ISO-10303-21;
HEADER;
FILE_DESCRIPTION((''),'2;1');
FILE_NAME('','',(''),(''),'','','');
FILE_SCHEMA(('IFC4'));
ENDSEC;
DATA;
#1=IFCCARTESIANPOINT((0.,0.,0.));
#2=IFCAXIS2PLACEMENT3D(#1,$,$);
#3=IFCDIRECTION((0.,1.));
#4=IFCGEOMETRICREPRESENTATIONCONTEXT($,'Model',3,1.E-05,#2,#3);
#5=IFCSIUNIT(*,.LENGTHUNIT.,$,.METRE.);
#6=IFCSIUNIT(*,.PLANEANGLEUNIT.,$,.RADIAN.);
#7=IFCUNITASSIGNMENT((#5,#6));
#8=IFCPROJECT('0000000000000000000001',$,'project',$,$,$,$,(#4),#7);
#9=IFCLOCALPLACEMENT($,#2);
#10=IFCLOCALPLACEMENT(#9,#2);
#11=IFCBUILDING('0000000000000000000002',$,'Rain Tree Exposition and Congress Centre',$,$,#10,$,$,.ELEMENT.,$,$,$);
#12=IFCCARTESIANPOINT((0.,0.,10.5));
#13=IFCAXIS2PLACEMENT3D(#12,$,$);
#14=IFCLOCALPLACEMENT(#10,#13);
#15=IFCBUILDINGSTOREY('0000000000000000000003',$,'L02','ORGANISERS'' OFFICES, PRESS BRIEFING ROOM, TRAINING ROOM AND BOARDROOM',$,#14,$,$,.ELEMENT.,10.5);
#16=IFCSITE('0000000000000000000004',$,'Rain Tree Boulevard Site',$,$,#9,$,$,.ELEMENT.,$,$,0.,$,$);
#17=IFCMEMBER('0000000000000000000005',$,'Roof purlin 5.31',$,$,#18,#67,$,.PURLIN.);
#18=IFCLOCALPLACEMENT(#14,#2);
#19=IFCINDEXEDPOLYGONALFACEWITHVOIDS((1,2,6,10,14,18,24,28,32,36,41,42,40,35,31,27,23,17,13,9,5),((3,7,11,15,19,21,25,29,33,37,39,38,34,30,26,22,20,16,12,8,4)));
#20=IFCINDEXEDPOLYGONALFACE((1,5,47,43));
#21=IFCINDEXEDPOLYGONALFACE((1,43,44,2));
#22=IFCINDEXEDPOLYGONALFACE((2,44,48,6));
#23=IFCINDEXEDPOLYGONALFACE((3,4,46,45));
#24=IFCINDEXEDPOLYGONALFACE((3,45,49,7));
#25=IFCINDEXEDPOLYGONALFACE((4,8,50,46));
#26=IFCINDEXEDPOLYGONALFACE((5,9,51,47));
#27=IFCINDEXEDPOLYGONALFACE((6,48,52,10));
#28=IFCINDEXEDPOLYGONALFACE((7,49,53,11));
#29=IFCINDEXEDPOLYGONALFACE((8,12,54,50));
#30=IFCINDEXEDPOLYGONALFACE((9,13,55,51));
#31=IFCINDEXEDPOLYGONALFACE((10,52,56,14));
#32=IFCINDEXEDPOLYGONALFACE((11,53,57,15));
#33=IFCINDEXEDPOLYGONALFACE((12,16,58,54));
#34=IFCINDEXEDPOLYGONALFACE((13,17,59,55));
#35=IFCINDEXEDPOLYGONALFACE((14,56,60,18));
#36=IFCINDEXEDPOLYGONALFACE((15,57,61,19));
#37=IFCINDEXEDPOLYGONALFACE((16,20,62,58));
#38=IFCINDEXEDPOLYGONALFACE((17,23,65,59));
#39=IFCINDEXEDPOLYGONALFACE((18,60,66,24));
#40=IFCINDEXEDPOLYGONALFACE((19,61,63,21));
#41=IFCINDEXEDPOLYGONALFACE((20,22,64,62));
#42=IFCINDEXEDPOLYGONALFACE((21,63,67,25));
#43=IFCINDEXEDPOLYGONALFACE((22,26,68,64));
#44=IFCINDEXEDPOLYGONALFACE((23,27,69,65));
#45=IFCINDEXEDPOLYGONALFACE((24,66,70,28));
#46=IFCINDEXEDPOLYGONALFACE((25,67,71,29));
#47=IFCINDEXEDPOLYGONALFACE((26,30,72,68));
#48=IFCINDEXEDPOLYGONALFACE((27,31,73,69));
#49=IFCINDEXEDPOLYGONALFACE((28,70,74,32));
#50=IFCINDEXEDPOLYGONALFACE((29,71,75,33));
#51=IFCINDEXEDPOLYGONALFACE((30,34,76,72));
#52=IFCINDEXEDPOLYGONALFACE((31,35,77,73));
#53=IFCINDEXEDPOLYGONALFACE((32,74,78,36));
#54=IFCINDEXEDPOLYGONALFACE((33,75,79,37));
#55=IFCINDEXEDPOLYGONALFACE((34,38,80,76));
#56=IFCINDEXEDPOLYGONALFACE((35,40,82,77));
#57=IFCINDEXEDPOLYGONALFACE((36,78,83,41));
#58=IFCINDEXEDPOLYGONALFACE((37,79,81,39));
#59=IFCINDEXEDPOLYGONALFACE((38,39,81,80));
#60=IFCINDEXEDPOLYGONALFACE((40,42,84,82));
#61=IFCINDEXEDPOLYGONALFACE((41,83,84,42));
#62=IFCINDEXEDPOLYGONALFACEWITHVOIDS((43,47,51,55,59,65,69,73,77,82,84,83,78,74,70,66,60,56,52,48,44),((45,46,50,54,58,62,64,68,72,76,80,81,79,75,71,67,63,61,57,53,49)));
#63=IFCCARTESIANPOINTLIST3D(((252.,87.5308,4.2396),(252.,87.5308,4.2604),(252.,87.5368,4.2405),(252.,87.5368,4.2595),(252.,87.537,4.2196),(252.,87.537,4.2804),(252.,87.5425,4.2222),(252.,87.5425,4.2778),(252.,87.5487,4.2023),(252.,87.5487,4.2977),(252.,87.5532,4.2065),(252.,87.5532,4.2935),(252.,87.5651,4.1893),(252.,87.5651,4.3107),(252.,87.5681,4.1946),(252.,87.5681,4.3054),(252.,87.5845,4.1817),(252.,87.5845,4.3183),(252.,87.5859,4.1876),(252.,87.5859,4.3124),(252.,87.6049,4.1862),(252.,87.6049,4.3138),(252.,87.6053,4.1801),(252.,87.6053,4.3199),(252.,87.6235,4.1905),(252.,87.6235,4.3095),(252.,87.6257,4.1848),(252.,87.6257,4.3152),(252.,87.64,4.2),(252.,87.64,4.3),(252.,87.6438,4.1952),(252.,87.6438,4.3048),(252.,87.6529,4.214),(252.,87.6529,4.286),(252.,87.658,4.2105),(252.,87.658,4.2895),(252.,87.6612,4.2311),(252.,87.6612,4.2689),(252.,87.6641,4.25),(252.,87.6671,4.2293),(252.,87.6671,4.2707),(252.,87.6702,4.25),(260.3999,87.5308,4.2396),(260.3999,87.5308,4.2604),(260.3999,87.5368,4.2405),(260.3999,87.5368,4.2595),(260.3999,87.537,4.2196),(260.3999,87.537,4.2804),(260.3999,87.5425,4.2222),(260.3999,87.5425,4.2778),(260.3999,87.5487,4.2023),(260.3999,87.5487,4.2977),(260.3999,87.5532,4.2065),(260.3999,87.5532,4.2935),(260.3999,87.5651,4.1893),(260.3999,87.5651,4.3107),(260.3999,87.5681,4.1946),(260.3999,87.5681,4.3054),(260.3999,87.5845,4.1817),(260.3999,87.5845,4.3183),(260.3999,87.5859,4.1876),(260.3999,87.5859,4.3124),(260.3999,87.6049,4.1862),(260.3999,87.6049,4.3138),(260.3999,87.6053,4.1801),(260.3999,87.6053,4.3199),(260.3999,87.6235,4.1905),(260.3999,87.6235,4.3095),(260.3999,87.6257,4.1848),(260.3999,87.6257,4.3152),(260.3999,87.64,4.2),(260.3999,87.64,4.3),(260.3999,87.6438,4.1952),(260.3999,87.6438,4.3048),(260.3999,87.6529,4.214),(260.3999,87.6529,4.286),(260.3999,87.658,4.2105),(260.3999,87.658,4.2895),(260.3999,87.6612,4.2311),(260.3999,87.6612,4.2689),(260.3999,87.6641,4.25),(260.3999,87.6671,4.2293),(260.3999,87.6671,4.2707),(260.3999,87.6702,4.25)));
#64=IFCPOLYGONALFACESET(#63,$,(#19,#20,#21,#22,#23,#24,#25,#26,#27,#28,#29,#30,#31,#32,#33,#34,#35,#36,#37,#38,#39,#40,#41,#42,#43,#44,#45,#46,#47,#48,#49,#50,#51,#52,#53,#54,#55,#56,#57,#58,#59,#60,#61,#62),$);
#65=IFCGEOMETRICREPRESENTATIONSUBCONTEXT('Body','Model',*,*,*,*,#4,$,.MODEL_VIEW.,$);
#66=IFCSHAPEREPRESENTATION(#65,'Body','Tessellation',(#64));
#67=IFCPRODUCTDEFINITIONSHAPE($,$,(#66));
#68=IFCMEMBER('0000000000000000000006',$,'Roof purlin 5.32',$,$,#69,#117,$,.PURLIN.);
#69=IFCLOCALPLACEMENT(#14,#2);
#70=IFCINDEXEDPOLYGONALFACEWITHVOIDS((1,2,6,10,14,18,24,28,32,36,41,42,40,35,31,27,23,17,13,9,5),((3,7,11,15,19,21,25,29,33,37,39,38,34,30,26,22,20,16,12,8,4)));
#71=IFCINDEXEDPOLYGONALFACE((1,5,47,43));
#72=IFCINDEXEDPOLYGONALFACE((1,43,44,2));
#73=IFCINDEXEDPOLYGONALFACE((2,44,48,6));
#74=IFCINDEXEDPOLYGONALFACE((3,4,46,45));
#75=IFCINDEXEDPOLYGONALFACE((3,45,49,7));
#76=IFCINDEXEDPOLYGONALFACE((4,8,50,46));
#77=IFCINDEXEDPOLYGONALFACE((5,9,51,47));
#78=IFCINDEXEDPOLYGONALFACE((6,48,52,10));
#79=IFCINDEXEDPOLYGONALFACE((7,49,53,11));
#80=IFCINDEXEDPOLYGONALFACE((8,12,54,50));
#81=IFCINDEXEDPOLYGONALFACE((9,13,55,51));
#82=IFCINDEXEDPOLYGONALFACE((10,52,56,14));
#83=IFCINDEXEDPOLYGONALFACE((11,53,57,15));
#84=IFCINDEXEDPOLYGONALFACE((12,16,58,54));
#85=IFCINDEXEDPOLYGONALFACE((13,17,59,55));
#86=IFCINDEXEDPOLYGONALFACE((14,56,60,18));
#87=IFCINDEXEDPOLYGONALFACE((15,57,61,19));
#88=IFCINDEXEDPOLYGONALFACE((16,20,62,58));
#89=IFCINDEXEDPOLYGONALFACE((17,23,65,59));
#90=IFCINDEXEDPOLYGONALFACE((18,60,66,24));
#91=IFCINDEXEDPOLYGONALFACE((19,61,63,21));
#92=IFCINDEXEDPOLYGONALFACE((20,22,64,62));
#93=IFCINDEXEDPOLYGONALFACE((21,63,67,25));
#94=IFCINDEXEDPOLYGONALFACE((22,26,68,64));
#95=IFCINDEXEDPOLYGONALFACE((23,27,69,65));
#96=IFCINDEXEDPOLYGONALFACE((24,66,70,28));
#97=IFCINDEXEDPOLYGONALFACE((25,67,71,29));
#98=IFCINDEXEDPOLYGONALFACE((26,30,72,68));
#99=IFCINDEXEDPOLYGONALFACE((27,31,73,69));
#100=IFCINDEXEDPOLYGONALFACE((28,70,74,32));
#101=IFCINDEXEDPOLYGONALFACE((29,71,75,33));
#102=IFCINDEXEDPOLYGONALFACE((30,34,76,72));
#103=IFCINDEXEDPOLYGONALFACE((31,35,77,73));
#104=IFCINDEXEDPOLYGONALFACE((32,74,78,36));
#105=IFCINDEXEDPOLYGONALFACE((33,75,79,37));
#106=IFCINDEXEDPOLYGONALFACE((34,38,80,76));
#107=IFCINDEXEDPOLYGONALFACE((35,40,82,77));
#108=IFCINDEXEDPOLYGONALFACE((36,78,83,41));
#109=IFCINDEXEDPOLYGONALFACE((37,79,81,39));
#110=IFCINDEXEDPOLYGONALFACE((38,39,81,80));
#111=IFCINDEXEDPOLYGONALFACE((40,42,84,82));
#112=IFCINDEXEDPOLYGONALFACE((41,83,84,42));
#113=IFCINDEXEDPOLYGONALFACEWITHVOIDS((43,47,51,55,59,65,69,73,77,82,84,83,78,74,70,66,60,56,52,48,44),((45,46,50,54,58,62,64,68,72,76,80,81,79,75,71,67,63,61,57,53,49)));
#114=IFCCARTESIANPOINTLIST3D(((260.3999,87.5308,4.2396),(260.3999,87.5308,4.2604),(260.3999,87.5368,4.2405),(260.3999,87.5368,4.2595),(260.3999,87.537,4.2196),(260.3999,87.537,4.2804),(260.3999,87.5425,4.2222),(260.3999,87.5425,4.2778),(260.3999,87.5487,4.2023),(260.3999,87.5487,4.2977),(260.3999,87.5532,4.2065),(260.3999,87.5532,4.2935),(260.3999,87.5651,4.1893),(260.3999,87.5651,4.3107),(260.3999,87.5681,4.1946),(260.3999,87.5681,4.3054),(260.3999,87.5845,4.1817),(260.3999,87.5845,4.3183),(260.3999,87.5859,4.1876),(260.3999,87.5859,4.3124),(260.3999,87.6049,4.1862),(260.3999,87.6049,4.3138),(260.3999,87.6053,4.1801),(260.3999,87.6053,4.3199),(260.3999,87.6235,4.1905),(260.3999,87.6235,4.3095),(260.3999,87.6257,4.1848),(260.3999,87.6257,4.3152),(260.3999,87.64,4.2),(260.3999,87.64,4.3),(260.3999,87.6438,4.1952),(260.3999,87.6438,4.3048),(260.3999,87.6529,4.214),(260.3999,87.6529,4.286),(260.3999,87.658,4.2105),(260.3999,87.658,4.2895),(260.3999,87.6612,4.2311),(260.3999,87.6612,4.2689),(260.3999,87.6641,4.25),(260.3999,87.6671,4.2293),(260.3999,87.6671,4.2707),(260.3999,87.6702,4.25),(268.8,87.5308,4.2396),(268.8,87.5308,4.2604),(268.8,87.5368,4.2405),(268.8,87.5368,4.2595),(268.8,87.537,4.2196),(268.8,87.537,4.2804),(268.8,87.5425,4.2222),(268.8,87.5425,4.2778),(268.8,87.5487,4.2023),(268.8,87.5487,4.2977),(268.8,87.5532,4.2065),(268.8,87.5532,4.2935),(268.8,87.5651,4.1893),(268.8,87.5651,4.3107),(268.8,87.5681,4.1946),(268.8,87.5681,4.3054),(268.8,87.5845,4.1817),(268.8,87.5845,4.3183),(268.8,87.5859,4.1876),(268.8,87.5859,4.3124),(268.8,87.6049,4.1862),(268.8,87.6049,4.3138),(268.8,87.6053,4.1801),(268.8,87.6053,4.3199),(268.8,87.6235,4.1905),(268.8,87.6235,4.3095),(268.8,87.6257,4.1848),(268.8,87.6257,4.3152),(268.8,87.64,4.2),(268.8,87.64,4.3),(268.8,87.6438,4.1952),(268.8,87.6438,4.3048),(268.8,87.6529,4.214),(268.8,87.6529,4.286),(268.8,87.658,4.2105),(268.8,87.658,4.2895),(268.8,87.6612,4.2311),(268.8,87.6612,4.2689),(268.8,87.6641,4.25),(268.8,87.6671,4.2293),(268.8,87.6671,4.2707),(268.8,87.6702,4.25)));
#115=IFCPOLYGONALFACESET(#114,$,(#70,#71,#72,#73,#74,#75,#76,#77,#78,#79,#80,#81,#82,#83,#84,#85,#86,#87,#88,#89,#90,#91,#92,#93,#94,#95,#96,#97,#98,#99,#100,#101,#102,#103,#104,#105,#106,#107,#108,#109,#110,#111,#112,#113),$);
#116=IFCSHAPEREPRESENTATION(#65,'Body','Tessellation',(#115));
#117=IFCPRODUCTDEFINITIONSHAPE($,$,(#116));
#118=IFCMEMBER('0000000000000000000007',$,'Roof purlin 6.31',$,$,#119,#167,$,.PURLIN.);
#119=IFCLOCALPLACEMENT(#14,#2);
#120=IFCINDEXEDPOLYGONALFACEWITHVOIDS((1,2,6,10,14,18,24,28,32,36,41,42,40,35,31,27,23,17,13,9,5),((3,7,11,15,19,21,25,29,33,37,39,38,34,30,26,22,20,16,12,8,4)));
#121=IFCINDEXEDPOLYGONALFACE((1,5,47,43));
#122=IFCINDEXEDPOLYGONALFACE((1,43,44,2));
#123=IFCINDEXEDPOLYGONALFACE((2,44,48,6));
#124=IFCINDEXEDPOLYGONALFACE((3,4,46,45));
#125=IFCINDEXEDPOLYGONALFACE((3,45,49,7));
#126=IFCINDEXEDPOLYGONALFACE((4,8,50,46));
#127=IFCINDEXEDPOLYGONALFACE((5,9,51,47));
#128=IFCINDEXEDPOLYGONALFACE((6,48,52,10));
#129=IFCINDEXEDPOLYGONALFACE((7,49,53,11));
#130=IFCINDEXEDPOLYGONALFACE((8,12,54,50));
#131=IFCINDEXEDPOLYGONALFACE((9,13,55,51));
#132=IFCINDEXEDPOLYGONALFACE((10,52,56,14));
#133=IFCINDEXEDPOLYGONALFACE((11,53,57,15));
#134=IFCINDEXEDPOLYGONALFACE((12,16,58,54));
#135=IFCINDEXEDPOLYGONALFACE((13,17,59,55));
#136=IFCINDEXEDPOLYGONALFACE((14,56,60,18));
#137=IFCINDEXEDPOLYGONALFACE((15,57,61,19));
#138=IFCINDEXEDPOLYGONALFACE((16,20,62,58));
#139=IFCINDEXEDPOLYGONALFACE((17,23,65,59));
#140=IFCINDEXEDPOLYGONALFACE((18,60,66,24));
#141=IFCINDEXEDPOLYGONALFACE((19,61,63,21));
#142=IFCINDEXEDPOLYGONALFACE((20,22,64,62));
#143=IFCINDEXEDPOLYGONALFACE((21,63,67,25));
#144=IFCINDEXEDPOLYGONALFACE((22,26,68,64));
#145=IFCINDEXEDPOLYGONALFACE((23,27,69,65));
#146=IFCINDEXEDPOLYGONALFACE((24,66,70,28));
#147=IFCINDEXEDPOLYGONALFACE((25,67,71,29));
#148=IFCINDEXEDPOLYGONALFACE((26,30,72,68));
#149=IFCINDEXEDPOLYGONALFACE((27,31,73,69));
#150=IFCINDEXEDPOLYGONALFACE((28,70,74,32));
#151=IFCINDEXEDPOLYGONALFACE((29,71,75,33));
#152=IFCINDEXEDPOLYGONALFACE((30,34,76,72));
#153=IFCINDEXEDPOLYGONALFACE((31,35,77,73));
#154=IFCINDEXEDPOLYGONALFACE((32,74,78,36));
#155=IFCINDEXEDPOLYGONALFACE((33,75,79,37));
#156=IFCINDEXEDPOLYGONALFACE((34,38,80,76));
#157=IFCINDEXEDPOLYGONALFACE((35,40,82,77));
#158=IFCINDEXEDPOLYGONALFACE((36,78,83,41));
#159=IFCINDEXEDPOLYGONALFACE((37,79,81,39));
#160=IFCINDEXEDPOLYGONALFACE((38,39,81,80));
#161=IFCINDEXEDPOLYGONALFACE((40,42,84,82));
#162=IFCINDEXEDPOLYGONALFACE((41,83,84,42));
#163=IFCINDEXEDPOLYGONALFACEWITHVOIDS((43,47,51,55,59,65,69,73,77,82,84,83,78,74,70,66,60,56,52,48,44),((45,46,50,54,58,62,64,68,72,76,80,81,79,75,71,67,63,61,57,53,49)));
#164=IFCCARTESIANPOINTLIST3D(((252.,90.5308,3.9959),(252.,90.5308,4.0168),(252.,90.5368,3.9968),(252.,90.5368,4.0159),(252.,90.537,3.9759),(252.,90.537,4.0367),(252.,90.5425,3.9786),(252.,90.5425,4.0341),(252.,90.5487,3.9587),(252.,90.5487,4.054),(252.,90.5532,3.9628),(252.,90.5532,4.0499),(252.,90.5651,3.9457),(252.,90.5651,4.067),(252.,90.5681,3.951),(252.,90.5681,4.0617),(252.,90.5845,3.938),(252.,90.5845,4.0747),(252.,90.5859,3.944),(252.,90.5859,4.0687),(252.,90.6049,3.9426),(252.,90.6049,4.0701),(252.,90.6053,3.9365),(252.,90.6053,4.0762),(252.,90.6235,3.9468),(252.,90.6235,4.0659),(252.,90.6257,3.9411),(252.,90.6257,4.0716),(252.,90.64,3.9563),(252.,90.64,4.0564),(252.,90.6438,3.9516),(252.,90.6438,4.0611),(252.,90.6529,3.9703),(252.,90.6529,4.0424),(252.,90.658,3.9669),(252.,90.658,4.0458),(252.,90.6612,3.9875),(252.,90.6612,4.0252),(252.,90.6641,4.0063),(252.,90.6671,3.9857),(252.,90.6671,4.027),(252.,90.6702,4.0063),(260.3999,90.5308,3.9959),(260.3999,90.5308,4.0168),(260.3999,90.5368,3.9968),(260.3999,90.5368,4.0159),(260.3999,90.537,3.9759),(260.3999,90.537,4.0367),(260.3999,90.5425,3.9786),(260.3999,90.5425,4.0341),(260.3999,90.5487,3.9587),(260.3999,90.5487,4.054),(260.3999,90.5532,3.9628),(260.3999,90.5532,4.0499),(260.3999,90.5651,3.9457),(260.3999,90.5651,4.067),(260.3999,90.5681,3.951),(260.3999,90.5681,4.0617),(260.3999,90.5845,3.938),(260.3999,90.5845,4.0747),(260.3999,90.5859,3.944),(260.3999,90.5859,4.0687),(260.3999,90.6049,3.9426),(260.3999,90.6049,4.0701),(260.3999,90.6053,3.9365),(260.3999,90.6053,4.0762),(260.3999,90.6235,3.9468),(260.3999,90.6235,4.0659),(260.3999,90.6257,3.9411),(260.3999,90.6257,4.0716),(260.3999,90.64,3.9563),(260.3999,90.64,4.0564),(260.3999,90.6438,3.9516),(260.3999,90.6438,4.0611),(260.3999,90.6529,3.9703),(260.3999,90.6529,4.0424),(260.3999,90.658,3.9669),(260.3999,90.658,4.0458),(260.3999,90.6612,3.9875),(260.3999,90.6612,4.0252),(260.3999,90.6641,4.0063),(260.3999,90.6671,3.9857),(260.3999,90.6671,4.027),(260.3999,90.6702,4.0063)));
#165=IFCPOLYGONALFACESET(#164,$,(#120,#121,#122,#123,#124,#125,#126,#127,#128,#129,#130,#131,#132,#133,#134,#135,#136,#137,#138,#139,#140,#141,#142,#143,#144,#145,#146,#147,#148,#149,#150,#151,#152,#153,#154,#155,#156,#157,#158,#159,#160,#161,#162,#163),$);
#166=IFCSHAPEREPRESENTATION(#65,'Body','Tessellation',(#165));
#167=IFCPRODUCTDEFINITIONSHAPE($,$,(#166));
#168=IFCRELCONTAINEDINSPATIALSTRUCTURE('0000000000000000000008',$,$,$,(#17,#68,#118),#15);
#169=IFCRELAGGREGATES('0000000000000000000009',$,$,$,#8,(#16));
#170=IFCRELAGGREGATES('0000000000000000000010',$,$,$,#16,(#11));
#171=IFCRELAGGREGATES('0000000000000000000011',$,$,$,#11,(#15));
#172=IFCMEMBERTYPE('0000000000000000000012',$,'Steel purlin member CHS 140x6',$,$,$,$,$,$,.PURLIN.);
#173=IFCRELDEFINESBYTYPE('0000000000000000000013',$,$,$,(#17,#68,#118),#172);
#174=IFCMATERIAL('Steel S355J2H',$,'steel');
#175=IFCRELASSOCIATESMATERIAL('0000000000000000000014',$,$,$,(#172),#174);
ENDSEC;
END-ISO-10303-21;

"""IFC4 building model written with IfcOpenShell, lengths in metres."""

from ifc_helpers import new_model, si_unit, direction, frame, origin, origin_2d, place, context, subcontext, project, spatial, hollow_circle, extrude, material, material_profile, profile_set, type_object, element, save


model = new_model("IFC4")

# Units and contexts
model_context = context("Model", 3, precision=1e-05, world=origin(), true_north=direction((0.0, 1.0)))
body_context = subcontext(model_context, "Body", "Model", "MODEL_VIEW")
ifc_project = project(units=[si_unit("LENGTHUNIT", "METRE"), si_unit("PLANEANGLEUNIT", "RADIAN")], contexts=[model_context])

# Site, building, storey
site_placement = place(None, origin())
site = spatial("IfcSite", under=ifc_project, at=site_placement, Name="Rain Tree Boulevard Site", CompositionType="ELEMENT", RefElevation=0.0)
building_placement = place(site_placement, origin())
building = spatial("IfcBuilding", under=site, at=building_placement, Name="Rain Tree Exposition and Congress Centre", CompositionType="ELEMENT")
storey_placement = place(building_placement, frame((0.0, 0.0, 10.5)))
storey = spatial("IfcBuildingStorey", under=building, at=storey_placement, Name="L02", Description="ORGANISERS' OFFICES, PRESS BRIEFING ROOM, TRAINING ROOM AND BOARDROOM", CompositionType="ELEMENT", Elevation=10.5)

# Members
ifc_material_1 = material(Name="Steel S355J2H", Category="steel")
ifc_material_profile_1 = material_profile(ifc_material_1, hollow_circle(Radius=0.0701, WallThickness=0.0061, at=origin_2d()), Name="CHS 140x6")
ifc_profile_set_1 = profile_set([ifc_material_profile_1], Name="Steel S355J2H")
member_type_1 = type_object("IfcMemberType", Name="Steel purlin member CHS 140x6", PredefinedType="PURLIN", material=ifc_profile_set_1)
member_1_placement = place(storey_placement, frame((252.0, 87.6001, 4.25), z_axis=(1.0, 0.0, 0.0), x_axis=(0.0, 1.0, 0.0)))
element("IfcMember", 1, at=member_1_placement, inside=storey, type_object=member_type_1, Name="Roof purlin 5.31", PredefinedType="PURLIN", context=body_context, shape_type="SweptSolid", body=[
    extrude(hollow_circle(Radius=0.0701, WallThickness=0.0061, at=origin_2d()), origin(), (0.0, 0.0, 1.0), 8.3999),
])
member_2_placement = place(storey_placement, frame((260.3999, 87.6001, 4.25), z_axis=(1.0, 0.0, 0.0), x_axis=(0.0, 1.0, 0.0)))
element("IfcMember", 2, at=member_2_placement, inside=storey, type_object=member_type_1, Name="Roof purlin 5.32", PredefinedType="PURLIN", context=body_context, shape_type="SweptSolid", body=[
    extrude(hollow_circle(Radius=0.0701, WallThickness=0.0061, at=origin_2d()), origin(), (0.0, 0.0, 1.0), 8.4001),
])
member_3_placement = place(storey_placement, frame((252.0, 90.6001, 4.0063), z_axis=(1.0, 0.0, 0.0), x_axis=(0.0, 1.0, 0.0)))
element("IfcMember", 3, at=member_3_placement, inside=storey, type_object=member_type_1, Name="Roof purlin 6.31", PredefinedType="PURLIN", context=body_context, shape_type="SweptSolid", body=[
    extrude(hollow_circle(Radius=0.0701, WallThickness=0.0061, at=origin_2d()), origin(), (0.0, 0.0, 1.0), 8.3999),
])

save(model, "model.ifc")
